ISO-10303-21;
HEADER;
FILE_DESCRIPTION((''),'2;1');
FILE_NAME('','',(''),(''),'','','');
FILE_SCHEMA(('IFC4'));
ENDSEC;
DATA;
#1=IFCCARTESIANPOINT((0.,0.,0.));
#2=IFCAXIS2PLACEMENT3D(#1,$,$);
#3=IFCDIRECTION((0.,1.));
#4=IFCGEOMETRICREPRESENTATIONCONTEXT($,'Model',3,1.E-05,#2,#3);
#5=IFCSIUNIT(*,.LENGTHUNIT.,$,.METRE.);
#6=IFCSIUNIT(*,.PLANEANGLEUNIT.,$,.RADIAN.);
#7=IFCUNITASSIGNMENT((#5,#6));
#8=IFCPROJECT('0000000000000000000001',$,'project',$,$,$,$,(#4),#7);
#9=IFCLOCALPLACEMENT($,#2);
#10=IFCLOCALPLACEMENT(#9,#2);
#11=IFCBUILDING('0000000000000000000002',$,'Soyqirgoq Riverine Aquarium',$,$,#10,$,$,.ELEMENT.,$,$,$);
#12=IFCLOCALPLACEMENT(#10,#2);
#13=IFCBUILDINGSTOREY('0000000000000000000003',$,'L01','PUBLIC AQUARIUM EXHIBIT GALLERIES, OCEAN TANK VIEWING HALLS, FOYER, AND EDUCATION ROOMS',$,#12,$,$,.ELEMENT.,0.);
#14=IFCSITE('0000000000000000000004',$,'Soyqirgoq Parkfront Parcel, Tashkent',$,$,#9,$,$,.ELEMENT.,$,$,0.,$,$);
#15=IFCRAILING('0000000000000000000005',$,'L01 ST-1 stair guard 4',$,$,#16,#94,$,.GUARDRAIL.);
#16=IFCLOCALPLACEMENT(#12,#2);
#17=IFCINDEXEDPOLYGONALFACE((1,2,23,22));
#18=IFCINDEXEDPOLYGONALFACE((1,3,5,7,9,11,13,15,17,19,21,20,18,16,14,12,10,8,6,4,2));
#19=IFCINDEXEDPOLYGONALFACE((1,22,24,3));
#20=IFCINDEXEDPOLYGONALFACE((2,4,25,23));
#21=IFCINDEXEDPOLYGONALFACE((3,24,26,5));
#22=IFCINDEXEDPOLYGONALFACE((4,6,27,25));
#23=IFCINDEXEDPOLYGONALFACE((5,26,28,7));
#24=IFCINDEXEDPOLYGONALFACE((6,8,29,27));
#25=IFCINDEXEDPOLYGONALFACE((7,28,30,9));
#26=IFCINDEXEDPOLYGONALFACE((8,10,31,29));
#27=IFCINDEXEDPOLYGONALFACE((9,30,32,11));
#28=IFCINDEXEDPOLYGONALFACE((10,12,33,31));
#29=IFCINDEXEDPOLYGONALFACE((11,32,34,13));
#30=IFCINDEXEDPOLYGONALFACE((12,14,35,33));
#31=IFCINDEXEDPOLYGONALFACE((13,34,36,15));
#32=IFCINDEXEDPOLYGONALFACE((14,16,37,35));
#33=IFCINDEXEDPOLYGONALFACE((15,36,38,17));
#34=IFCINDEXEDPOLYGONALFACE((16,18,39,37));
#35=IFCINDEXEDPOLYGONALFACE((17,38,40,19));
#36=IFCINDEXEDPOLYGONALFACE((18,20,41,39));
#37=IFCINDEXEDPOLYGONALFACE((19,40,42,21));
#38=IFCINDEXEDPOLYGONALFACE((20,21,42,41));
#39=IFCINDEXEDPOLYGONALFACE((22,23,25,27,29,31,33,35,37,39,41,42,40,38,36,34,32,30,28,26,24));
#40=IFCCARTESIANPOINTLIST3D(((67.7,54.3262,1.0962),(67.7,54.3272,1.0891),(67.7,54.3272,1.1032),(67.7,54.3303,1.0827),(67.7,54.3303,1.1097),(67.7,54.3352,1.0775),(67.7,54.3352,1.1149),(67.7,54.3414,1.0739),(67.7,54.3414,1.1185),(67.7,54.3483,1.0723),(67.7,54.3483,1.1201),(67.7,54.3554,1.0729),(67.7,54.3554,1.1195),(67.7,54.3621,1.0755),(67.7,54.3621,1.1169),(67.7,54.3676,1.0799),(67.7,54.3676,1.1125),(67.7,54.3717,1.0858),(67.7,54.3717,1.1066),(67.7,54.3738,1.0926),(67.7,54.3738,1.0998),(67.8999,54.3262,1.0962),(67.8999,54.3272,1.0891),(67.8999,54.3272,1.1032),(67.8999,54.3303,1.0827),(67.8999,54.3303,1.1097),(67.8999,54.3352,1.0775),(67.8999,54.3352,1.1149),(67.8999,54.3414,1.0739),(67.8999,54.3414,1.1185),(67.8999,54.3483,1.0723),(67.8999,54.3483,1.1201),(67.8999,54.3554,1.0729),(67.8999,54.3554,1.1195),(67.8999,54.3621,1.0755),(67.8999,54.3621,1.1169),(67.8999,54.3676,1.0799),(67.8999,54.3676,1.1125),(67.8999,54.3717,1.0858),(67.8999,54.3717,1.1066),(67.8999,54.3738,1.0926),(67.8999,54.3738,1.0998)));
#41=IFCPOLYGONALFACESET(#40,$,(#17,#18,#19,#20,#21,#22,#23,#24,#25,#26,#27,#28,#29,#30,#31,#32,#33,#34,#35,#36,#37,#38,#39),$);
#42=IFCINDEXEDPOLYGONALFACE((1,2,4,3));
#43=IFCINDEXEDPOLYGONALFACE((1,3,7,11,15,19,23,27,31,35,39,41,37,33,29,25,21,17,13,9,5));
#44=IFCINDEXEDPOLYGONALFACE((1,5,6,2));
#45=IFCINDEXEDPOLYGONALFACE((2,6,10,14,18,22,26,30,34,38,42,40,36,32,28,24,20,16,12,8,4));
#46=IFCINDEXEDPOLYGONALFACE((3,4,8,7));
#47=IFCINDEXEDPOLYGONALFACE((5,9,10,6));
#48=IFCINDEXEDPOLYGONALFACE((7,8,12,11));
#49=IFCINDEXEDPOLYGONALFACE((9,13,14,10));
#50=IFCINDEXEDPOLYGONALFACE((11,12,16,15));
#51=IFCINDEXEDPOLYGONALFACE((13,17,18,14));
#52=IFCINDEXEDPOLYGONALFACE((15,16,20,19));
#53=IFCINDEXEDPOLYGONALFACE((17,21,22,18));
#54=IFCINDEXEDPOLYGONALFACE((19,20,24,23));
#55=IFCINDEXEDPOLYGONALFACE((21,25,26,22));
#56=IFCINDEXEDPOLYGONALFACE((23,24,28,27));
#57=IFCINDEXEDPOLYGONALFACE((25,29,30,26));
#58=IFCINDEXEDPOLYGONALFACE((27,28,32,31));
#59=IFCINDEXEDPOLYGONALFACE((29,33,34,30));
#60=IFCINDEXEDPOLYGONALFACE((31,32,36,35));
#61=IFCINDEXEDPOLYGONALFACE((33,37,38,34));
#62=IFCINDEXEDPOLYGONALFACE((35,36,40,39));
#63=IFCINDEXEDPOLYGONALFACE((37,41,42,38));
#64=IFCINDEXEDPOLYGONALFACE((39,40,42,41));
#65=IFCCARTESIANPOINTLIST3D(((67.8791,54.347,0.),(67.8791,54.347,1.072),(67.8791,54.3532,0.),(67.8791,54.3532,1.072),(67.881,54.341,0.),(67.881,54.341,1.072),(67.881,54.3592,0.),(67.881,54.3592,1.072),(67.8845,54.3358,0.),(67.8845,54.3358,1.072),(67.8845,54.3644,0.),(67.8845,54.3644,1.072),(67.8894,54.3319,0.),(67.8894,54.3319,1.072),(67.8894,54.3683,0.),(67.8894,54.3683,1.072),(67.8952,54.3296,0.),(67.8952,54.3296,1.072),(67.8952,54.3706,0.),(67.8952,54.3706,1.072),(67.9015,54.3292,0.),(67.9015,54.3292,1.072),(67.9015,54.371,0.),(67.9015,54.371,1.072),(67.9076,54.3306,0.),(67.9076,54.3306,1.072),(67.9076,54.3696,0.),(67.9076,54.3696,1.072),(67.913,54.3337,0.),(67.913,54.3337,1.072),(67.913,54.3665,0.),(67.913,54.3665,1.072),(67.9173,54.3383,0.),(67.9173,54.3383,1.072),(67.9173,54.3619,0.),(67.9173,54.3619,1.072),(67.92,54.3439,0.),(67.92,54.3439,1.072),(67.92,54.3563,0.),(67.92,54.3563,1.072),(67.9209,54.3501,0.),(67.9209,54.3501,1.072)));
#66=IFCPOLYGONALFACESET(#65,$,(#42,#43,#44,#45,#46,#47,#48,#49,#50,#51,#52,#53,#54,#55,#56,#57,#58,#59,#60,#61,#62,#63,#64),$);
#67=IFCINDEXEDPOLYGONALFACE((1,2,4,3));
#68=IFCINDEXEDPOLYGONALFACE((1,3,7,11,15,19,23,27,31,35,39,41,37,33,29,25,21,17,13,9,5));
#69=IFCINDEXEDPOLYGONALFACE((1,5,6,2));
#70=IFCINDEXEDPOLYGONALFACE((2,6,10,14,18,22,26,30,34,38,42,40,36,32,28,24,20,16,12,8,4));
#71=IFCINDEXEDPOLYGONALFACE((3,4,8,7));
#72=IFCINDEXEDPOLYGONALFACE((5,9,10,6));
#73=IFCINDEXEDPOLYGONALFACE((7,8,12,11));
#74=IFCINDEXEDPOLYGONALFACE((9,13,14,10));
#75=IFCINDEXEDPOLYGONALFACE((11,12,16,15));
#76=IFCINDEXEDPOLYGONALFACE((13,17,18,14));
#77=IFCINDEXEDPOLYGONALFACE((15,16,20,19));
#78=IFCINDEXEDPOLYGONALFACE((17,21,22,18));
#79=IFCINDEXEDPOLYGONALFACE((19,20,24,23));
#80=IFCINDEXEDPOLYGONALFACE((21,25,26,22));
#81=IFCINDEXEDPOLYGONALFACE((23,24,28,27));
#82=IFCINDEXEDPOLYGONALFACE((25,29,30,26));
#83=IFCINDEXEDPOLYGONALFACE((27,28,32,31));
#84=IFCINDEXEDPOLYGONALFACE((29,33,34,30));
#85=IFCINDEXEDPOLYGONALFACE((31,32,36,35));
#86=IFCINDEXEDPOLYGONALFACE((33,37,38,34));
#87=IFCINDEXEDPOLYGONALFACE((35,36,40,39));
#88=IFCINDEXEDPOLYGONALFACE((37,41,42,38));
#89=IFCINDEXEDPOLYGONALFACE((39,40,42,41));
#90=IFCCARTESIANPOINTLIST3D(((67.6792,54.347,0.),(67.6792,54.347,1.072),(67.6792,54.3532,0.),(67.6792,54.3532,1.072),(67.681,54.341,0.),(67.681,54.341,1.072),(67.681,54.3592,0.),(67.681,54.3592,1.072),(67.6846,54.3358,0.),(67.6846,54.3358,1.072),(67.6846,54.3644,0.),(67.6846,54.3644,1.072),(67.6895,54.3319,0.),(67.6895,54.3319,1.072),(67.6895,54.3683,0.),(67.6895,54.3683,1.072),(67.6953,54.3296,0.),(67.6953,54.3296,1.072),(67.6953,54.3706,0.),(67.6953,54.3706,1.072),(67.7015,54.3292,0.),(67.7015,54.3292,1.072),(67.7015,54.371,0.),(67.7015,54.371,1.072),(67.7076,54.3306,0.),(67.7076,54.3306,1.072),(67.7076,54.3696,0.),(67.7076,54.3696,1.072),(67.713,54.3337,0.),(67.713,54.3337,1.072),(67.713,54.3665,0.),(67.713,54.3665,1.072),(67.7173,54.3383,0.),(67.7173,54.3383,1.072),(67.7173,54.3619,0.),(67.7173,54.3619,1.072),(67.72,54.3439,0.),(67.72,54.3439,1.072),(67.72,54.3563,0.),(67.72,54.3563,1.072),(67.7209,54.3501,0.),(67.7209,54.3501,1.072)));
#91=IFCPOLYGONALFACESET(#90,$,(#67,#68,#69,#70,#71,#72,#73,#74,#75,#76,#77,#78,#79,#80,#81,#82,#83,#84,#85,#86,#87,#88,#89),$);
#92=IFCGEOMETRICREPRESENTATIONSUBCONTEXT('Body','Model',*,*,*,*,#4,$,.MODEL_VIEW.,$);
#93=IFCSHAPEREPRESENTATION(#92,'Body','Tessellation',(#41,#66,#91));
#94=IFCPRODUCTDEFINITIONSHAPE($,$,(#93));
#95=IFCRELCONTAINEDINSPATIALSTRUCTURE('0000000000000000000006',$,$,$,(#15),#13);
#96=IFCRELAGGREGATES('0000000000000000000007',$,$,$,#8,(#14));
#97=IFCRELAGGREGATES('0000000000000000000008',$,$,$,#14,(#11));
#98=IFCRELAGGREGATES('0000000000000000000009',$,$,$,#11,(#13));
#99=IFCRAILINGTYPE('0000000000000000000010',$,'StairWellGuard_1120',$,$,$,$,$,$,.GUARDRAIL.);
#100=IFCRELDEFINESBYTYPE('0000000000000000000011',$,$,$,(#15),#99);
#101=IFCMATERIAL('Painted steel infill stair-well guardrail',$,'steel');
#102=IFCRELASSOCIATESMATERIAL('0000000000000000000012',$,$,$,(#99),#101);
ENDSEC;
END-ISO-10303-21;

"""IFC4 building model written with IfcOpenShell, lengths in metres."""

from ifc_helpers import new_model, si_unit, direction, frame, origin, origin_2d, place, context, subcontext, project, spatial, circle, extrude, material, type_object, element, save


model = new_model("IFC4")

# Units and contexts
model_context = context("Model", 3, precision=1e-05, world=origin(), true_north=direction((0.0, 1.0)))
body_context = subcontext(model_context, "Body", "Model", "MODEL_VIEW")
ifc_project = project(units=[si_unit("LENGTHUNIT", "METRE"), si_unit("PLANEANGLEUNIT", "RADIAN")], contexts=[model_context])

# Site, building, storey
site_placement = place(None, origin())
site = spatial("IfcSite", under=ifc_project, at=site_placement, Name="Soyqirgoq Parkfront Parcel, Tashkent", CompositionType="ELEMENT", RefElevation=0.0)
building_placement = place(site_placement, origin())
building = spatial("IfcBuilding", under=site, at=building_placement, Name="Soyqirgoq Riverine Aquarium", CompositionType="ELEMENT")
storey_placement = place(building_placement, origin())
storey = spatial("IfcBuildingStorey", under=building, at=storey_placement, Name="L01", Description="PUBLIC AQUARIUM EXHIBIT GALLERIES, OCEAN TANK VIEWING HALLS, FOYER, AND EDUCATION ROOMS", CompositionType="ELEMENT", Elevation=0.0)

# Railing
ifc_material_1 = material(Name="Painted steel infill stair-well guardrail", Category="steel")
railing_type_1 = type_object("IfcRailingType", Name="StairWellGuard_1120", PredefinedType="GUARDRAIL", material=ifc_material_1)
railing_1_placement = place(storey_placement, frame((67.8999, 54.3501, 0.0)))
element("IfcRailing", 1, at=railing_1_placement, inside=storey, type_object=railing_type_1, Name="L01 ST-1 stair guard 4", PredefinedType="GUARDRAIL", context=body_context, shape_type="SweptSolid", body=[
    extrude(circle(Radius=0.0239, at=origin_2d()), frame((0.0, 0.0, 1.0962), z_axis=(-1.0, 0.0, 0.0), x_axis=(0.0, -1.0, 0.0)), (0.0, 0.0, 1.0), 0.2),
    extrude(circle(Radius=0.021, at=origin_2d()), origin(), (0.0, 0.0, 1.0), 1.072),
    extrude(circle(Radius=0.021, at=origin_2d()), frame((-0.2, 0.0, 0.0)), (0.0, 0.0, 1.0), 1.072),
])

save(model, "model.ifc")
